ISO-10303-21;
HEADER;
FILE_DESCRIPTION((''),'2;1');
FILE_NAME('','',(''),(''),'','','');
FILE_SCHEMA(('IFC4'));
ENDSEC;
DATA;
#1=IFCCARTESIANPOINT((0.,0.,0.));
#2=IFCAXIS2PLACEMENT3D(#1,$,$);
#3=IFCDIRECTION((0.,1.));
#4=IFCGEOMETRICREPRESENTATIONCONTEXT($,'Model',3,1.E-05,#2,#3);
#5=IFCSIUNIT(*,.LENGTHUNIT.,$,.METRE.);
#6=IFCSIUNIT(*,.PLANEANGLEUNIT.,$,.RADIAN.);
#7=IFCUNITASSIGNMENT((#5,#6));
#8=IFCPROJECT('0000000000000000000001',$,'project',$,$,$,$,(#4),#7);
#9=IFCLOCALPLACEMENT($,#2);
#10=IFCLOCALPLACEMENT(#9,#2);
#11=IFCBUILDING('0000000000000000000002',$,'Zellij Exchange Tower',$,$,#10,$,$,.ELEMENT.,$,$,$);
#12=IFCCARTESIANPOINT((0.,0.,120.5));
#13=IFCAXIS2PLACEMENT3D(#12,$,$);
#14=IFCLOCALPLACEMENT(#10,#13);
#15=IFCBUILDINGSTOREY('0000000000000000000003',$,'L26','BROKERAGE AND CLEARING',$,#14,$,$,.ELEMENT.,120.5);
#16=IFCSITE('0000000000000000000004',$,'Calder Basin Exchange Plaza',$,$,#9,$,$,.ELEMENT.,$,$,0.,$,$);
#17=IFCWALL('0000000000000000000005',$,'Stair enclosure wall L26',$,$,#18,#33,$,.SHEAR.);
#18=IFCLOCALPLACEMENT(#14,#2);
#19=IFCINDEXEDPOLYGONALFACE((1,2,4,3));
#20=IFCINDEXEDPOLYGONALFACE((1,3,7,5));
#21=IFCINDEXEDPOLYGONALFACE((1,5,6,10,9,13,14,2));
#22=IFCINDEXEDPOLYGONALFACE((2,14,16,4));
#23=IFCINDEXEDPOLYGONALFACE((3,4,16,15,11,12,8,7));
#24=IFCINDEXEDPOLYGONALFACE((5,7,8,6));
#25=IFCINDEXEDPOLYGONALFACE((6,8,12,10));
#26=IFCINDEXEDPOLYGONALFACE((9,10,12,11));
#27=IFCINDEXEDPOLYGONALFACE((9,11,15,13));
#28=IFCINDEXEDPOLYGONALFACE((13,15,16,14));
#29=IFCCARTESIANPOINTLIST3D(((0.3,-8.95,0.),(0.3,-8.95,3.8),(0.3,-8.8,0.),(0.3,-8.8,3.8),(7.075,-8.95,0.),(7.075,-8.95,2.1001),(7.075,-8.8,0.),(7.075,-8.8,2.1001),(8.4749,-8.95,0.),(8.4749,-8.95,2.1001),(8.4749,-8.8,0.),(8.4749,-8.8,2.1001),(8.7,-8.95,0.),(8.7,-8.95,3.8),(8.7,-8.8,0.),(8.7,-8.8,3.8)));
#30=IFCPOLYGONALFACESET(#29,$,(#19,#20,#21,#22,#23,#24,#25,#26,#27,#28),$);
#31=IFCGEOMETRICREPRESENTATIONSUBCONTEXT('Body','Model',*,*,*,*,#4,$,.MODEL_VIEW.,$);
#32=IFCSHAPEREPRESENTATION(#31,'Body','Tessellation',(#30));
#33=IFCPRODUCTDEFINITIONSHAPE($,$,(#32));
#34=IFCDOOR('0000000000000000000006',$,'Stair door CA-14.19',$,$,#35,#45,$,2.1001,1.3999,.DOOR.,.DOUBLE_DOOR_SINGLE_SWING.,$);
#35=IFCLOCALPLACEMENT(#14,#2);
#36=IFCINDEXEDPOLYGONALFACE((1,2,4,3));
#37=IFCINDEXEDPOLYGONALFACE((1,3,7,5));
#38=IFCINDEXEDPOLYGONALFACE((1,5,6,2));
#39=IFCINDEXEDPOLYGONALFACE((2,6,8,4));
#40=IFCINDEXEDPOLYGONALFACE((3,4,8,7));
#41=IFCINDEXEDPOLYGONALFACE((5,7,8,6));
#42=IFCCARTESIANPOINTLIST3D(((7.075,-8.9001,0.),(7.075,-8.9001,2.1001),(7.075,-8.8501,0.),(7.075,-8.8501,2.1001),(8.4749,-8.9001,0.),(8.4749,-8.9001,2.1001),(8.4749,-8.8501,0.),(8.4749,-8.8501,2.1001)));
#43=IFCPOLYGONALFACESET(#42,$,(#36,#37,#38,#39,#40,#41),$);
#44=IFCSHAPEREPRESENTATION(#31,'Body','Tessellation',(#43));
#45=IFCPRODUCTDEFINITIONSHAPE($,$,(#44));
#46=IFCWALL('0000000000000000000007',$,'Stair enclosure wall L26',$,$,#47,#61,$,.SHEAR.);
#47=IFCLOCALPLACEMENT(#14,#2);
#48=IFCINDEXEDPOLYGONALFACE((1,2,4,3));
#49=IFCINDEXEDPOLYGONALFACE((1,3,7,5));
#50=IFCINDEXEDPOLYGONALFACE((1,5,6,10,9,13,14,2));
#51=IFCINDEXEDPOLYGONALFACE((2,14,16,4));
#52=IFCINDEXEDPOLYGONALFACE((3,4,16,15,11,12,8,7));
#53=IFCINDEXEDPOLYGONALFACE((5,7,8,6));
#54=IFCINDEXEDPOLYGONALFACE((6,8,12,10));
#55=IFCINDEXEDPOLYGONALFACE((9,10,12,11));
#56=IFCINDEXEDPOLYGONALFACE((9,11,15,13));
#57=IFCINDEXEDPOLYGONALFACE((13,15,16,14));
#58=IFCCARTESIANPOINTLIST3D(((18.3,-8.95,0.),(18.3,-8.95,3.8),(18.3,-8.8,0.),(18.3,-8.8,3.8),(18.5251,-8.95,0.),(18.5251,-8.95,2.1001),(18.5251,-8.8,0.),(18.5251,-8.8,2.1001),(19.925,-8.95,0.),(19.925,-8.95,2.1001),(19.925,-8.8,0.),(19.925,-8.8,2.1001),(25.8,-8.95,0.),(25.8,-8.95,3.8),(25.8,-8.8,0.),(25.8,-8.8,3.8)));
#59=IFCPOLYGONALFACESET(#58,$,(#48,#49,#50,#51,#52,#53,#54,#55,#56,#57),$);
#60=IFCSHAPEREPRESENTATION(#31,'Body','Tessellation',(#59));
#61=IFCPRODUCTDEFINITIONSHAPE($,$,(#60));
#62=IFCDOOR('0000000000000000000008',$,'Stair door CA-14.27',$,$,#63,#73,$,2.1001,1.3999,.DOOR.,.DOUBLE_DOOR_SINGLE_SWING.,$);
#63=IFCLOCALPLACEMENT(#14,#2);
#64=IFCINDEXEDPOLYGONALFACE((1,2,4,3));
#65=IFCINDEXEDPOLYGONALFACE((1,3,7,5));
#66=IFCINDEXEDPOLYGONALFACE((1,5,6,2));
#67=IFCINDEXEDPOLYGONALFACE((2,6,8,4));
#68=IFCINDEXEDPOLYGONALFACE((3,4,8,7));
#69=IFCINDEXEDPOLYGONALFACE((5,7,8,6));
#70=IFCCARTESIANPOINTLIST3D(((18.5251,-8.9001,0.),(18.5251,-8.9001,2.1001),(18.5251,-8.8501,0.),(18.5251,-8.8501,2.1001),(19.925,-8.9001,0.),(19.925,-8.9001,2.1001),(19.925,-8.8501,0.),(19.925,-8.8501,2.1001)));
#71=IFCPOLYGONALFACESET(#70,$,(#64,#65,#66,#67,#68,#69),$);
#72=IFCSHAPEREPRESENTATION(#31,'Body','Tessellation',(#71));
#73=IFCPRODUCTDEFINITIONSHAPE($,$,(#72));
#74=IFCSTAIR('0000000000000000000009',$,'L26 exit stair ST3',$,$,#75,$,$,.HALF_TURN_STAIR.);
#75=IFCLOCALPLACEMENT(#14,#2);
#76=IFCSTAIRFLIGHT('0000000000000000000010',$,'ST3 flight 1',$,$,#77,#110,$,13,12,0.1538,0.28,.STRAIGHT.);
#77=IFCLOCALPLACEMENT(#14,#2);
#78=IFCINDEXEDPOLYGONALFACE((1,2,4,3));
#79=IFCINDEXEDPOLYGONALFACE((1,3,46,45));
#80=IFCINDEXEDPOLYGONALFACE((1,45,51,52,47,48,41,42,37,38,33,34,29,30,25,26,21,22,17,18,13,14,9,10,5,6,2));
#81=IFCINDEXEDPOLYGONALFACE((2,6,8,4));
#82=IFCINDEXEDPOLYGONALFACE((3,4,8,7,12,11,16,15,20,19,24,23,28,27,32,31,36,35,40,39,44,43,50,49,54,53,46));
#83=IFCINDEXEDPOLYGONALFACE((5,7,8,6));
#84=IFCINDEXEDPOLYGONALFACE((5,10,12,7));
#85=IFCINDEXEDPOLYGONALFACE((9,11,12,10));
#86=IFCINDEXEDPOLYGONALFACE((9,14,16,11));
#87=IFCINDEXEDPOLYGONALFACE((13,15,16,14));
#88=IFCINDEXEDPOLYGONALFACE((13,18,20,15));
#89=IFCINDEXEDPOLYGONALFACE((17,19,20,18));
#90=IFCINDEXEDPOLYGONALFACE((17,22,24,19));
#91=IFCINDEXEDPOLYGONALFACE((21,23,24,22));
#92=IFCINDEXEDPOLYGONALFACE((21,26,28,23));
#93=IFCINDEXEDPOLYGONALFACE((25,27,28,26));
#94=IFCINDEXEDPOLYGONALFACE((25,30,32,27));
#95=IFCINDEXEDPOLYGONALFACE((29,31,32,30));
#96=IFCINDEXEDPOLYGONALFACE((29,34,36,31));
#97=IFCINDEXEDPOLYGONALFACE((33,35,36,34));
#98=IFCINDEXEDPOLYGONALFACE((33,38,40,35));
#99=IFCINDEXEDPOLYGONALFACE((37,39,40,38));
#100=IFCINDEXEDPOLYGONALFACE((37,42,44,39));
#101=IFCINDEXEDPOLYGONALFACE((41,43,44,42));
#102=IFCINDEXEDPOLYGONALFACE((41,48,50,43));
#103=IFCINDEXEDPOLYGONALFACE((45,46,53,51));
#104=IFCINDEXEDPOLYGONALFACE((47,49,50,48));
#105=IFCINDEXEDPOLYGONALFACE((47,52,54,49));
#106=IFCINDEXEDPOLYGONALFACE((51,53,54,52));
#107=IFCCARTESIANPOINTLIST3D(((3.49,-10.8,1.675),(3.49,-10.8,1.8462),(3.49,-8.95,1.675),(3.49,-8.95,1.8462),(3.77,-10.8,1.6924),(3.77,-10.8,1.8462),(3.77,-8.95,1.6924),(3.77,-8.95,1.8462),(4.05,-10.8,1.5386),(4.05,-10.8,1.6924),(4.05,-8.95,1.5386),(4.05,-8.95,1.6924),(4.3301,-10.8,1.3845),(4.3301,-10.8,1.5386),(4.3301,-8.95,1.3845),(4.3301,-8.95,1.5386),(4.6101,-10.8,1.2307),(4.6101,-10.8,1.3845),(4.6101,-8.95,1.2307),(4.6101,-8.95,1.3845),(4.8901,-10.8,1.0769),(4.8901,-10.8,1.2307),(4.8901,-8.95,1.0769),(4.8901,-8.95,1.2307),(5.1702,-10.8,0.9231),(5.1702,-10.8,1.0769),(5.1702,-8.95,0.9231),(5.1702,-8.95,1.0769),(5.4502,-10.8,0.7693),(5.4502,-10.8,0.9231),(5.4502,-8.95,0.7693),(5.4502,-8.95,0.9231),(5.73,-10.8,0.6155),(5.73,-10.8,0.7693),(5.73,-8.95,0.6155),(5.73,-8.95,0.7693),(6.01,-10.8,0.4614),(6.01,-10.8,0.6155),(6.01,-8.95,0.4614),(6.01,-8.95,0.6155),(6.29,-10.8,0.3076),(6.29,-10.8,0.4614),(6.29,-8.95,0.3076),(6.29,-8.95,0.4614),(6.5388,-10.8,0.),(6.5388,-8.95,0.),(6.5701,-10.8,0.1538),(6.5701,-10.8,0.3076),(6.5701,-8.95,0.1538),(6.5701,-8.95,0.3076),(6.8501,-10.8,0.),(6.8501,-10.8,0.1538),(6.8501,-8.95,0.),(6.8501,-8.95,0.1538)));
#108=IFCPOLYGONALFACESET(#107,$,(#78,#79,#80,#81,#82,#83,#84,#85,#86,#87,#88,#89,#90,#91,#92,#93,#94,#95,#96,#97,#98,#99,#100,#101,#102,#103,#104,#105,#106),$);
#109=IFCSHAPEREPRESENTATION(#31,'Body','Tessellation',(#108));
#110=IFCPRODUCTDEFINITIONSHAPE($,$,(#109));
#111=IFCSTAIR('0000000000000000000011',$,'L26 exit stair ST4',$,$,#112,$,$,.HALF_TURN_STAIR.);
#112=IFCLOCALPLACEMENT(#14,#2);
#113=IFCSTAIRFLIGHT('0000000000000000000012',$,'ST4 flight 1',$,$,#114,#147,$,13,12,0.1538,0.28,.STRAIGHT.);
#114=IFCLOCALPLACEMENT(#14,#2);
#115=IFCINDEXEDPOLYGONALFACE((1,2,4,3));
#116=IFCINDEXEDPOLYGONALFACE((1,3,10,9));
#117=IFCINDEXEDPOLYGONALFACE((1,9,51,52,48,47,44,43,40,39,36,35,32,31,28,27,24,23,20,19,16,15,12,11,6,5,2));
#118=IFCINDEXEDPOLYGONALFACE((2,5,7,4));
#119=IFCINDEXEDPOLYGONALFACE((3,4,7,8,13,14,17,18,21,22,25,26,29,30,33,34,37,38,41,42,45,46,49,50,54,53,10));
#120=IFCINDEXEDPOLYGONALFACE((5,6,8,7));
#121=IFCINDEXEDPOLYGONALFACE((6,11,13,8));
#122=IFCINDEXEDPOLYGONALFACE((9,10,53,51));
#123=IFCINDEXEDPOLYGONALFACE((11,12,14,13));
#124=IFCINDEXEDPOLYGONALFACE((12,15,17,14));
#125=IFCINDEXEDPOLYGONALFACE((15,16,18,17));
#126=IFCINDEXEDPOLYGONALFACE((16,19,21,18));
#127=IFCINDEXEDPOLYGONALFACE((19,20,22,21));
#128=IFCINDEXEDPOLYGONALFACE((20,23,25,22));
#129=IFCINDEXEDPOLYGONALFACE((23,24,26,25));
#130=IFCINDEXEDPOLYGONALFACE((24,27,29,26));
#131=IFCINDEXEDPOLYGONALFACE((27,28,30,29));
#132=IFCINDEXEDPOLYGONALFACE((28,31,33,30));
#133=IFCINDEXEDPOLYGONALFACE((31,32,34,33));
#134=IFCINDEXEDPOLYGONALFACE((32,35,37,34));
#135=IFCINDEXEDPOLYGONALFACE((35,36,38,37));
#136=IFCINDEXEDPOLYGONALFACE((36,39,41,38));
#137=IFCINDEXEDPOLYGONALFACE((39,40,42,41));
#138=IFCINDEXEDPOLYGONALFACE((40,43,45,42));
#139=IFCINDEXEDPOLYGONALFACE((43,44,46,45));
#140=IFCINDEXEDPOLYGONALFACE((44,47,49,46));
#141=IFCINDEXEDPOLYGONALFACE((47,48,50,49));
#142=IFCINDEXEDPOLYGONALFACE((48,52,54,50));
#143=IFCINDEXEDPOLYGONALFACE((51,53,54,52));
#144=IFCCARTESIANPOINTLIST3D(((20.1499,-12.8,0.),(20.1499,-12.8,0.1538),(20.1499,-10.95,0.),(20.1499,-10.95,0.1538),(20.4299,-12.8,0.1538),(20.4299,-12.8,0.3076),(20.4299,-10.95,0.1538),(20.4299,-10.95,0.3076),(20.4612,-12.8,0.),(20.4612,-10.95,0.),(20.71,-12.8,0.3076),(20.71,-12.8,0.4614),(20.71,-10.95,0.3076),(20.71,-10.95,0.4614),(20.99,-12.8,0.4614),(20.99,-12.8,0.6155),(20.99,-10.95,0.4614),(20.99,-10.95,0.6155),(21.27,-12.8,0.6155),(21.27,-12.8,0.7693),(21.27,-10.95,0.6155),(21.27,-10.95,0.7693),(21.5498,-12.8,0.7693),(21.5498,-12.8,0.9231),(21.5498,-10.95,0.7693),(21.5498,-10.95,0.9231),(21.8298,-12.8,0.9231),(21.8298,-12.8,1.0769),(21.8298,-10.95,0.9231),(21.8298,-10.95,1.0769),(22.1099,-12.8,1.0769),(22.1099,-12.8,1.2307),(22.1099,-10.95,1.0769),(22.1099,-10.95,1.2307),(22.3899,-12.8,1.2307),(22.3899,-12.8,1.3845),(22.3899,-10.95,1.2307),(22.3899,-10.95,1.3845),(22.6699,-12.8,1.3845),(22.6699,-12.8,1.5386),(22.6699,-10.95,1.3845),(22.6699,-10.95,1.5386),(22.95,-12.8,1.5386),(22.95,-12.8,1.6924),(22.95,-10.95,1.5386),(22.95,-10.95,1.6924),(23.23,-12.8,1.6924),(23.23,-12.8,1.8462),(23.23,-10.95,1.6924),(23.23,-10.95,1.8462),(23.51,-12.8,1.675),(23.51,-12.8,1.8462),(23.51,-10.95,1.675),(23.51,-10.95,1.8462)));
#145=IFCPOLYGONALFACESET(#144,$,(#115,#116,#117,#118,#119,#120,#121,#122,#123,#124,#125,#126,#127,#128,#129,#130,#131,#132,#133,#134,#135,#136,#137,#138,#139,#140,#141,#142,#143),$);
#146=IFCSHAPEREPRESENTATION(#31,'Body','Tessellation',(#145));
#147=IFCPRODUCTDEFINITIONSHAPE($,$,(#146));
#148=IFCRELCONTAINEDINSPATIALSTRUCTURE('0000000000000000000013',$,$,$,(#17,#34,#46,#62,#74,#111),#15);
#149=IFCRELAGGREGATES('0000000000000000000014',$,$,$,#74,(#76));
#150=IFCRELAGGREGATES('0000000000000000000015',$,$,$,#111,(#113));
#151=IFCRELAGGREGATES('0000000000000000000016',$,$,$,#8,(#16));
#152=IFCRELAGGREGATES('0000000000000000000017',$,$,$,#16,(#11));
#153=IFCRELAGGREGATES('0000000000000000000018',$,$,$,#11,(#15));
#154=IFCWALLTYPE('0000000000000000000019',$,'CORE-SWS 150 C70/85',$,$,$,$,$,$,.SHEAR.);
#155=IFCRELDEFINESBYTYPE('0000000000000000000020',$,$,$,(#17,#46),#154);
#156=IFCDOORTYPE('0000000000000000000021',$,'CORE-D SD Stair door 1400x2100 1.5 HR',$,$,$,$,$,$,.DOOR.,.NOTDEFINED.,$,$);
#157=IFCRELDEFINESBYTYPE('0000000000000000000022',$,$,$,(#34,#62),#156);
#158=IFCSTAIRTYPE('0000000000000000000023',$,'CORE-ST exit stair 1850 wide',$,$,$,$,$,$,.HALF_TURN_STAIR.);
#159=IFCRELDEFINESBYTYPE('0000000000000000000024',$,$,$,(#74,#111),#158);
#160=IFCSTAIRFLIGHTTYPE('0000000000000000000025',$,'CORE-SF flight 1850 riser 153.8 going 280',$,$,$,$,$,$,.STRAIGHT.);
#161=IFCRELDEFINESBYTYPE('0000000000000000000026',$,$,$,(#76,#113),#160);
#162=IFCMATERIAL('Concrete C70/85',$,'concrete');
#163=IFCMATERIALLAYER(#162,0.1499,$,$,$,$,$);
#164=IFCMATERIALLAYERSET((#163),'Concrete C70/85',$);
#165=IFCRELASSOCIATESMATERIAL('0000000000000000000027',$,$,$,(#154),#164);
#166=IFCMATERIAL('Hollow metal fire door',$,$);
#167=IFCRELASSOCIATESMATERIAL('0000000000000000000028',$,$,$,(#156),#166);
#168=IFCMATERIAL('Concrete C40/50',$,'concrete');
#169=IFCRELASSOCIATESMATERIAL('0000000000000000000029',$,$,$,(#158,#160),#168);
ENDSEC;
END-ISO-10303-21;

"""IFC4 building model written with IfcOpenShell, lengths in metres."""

from ifc_helpers import new_model, si_unit, direction, frame, frame_2d, origin, place, context, subcontext, project, spatial, polyline, rectangle, outline, extrude, material, layer, layer_set, type_object, element, fill, aggregate, save


model = new_model("IFC4")

# Units and contexts
model_context = context("Model", 3, precision=1e-05, world=origin(), true_north=direction((0.0, 1.0)))
body_context = subcontext(model_context, "Body", "Model", "MODEL_VIEW")
ifc_project = project(units=[si_unit("LENGTHUNIT", "METRE"), si_unit("PLANEANGLEUNIT", "RADIAN")], contexts=[model_context])

# Site, building, storey
site_placement = place(None, origin())
site = spatial("IfcSite", under=ifc_project, at=site_placement, Name="Calder Basin Exchange Plaza", CompositionType="ELEMENT", RefElevation=0.0)
building_placement = place(site_placement, origin())
building = spatial("IfcBuilding", under=site, at=building_placement, Name="Zellij Exchange Tower", CompositionType="ELEMENT")
storey_placement = place(building_placement, frame((0.0, 0.0, 120.5)))
storey = spatial("IfcBuildingStorey", under=building, at=storey_placement, Name="L26", Description="BROKERAGE AND CLEARING", CompositionType="ELEMENT", Elevation=120.5)

# Shared definitions
ifc_material_1 = material(Name="Concrete C70/85", Category="concrete")

# Shared definitions
ifc_material_2 = material(Name="Hollow metal fire door")

# Walls, openings, doors
ifc_layer_1 = layer(ifc_material_1, 0.1499)
ifc_layer_set_1 = layer_set([ifc_layer_1], Name="Concrete C70/85")
wall_type_1 = type_object("IfcWallType", Name="CORE-SWS 150 C70/85", PredefinedType="SHEAR", material=ifc_layer_set_1)
wall_1_placement = place(storey_placement, frame((0.3, -8.875, 0.0), z_axis=(0.0, 0.0, 1.0), x_axis=(1.0, 0.0, 0.0)))
wall_1 = element("IfcWall", 1, at=wall_1_placement, inside=storey, type_object=wall_type_1, Name="Stair enclosure wall L26", PredefinedType="SHEAR", context=body_context, shape_type="SweptSolid", body=[
    extrude(rectangle(XDim=8.3999, YDim=0.1499, at=frame_2d((4.2, 0.0))), origin(), (0.0, 0.0, 1.0), 3.8),
])
opening_1_placement = place(wall_1_placement, frame((6.7749, 0.0, 0.0)))
opening_1 = element("IfcOpeningElement", 2, at=opening_1_placement, cuts=wall_1, PredefinedType="OPENING", context=body_context, shape_type="SweptSolid", body=[
    extrude(rectangle(XDim=1.3999, YDim=2.1001, at=frame_2d((0.7, 1.05))), frame((0.0, 0.0869, 0.0), z_axis=(0.0, -1.0, 0.0), x_axis=(1.0, 0.0, 0.0)), (0.0, 0.0, 1.0), 0.1738),
])
door_type_1 = type_object("IfcDoorType", Name="CORE-D SD Stair door 1400x2100 1.5 HR", OperationType="NOTDEFINED", PredefinedType="DOOR", material=ifc_material_2)
door_1_placement = place(opening_1_placement, origin())
door_1 = element("IfcDoor", 3, at=door_1_placement, inside=storey, type_object=door_type_1, Name="Stair door CA-14.19", OperationType="DOUBLE_DOOR_SINGLE_SWING", OverallHeight=2.1001, OverallWidth=1.3999, PredefinedType="DOOR", context=body_context, shape_type="SweptSolid", body=[
    extrude(rectangle(XDim=1.3999, YDim=2.1001, at=frame_2d((0.7, 1.05))), frame((0.0, 0.0249, 0.0), z_axis=(0.0, -1.0, 0.0), x_axis=(1.0, 0.0, 0.0)), (0.0, 0.0, 1.0), 0.05),
])
fill(opening_1, door_1)
wall_2_placement = place(storey_placement, frame((18.3, -8.875, 0.0), z_axis=(0.0, 0.0, 1.0), x_axis=(1.0, 0.0, 0.0)))
wall_2 = element("IfcWall", 4, at=wall_2_placement, inside=storey, type_object=wall_type_1, Name="Stair enclosure wall L26", PredefinedType="SHEAR", context=body_context, shape_type="SweptSolid", body=[
    extrude(rectangle(XDim=7.5, YDim=0.1499, at=frame_2d((3.75, 0.0))), origin(), (0.0, 0.0, 1.0), 3.8),
])
opening_2_placement = place(wall_2_placement, frame((0.2251, 0.0, 0.0)))
opening_2 = element("IfcOpeningElement", 5, at=opening_2_placement, cuts=wall_2, PredefinedType="OPENING", context=body_context, shape_type="SweptSolid", body=[
    extrude(rectangle(XDim=1.3999, YDim=2.1001, at=frame_2d((0.7, 1.05))), frame((0.0, 0.0869, 0.0), z_axis=(0.0, -1.0, 0.0), x_axis=(1.0, 0.0, 0.0)), (0.0, 0.0, 1.0), 0.1738),
])
door_2_placement = place(opening_2_placement, origin())
door_2 = element("IfcDoor", 6, at=door_2_placement, inside=storey, type_object=door_type_1, Name="Stair door CA-14.27", OperationType="DOUBLE_DOOR_SINGLE_SWING", OverallHeight=2.1001, OverallWidth=1.3999, PredefinedType="DOOR", context=body_context, shape_type="SweptSolid", body=[
    extrude(rectangle(XDim=1.3999, YDim=2.1001, at=frame_2d((0.7, 1.05))), frame((0.0, 0.0249, 0.0), z_axis=(0.0, -1.0, 0.0), x_axis=(1.0, 0.0, 0.0)), (0.0, 0.0, 1.0), 0.05),
])
fill(opening_2, door_2)

# Stairs, stair flights
ifc_material_3 = material(Name="Concrete C40/50", Category="concrete")
stair_type = type_object("IfcStairType", Name="CORE-ST exit stair 1850 wide", PredefinedType="HALF_TURN_STAIR", material=ifc_material_3)
stair_1_placement = place(storey_placement, origin())
stair_1 = element("IfcStair", 7, at=stair_1_placement, inside=storey, type_object=stair_type, Name="L26 exit stair ST3", PredefinedType="HALF_TURN_STAIR")
stair_flight_type = type_object("IfcStairFlightType", Name="CORE-SF flight 1850 riser 153.8 going 280", PredefinedType="STRAIGHT", material=ifc_material_3)
stair_flight_1_placement = place(storey_placement, frame((6.8501, -9.875, 0.0), z_axis=(0.0, 0.0, 1.0), x_axis=(-1.0, 0.0, 0.0)))
stair_flight_1 = element("IfcStairFlight", 8, at=stair_flight_1_placement, type_object=stair_flight_type, Name="ST3 flight 1", NumberOfRisers=13, NumberOfTreads=12, PredefinedType="STRAIGHT", RiserHeight=0.1538, TreadLength=0.28, context=body_context, shape_type="SweptSolid", body=[
    extrude(outline(polyline([(0.0, 0.0), (0.0, 0.1538), (0.28, 0.1538), (0.28, 0.3076), (0.5601, 0.3076), (0.5601, 0.4614), (0.8401, 0.4614), (0.8401, 0.6155), (1.1201, 0.6155), (1.1201, 0.7693), (1.3999, 0.7693), (1.3999, 0.9231), (1.6799, 0.9231), (1.6799, 1.0769), (1.96, 1.0769), (1.96, 1.2307), (2.24, 1.2307), (2.24, 1.3845), (2.52, 1.3845), (2.52, 1.5386), (2.8, 1.5386), (2.8, 1.6924), (3.0801, 1.6924), (3.0801, 1.8462), (3.3601, 1.8462), (3.3601, 2.0), (3.3601, 1.675), (0.3113, 0.0), (0.0, 0.0)])), frame((0.0, 0.925, 0.0), z_axis=(0.0, -1.0, 0.0), x_axis=(1.0, 0.0, 0.0)), (0.0, 0.0, 1.0), 1.8501),
])
aggregate(stair_1, [stair_flight_1])
stair_2_placement = place(storey_placement, origin())
stair_2 = element("IfcStair", 9, at=stair_2_placement, inside=storey, type_object=stair_type, Name="L26 exit stair ST4", PredefinedType="HALF_TURN_STAIR")
stair_flight_2_placement = place(storey_placement, frame((20.1499, -11.875, 0.0), z_axis=(0.0, 0.0, 1.0), x_axis=(1.0, 0.0, 0.0)))
stair_flight_2 = element("IfcStairFlight", 10, at=stair_flight_2_placement, type_object=stair_flight_type, Name="ST4 flight 1", NumberOfRisers=13, NumberOfTreads=12, PredefinedType="STRAIGHT", RiserHeight=0.1538, TreadLength=0.28, context=body_context, shape_type="SweptSolid", body=[
    extrude(outline(polyline([(0.0, 0.0), (0.0, 0.1538), (0.28, 0.1538), (0.28, 0.3076), (0.5601, 0.3076), (0.5601, 0.4614), (0.8401, 0.4614), (0.8401, 0.6155), (1.1201, 0.6155), (1.1201, 0.7693), (1.3999, 0.7693), (1.3999, 0.9231), (1.6799, 0.9231), (1.6799, 1.0769), (1.96, 1.0769), (1.96, 1.2307), (2.24, 1.2307), (2.24, 1.3845), (2.52, 1.3845), (2.52, 1.5386), (2.8, 1.5386), (2.8, 1.6924), (3.0801, 1.6924), (3.0801, 1.8462), (3.3601, 1.8462), (3.3601, 2.0), (3.3601, 1.675), (0.3113, 0.0), (0.0, 0.0)])), frame((0.0, 0.925, 0.0), z_axis=(0.0, -1.0, 0.0), x_axis=(1.0, 0.0, 0.0)), (0.0, 0.0, 1.0), 1.8501),
])
aggregate(stair_2, [stair_flight_2])

save(model, "model.ifc")
